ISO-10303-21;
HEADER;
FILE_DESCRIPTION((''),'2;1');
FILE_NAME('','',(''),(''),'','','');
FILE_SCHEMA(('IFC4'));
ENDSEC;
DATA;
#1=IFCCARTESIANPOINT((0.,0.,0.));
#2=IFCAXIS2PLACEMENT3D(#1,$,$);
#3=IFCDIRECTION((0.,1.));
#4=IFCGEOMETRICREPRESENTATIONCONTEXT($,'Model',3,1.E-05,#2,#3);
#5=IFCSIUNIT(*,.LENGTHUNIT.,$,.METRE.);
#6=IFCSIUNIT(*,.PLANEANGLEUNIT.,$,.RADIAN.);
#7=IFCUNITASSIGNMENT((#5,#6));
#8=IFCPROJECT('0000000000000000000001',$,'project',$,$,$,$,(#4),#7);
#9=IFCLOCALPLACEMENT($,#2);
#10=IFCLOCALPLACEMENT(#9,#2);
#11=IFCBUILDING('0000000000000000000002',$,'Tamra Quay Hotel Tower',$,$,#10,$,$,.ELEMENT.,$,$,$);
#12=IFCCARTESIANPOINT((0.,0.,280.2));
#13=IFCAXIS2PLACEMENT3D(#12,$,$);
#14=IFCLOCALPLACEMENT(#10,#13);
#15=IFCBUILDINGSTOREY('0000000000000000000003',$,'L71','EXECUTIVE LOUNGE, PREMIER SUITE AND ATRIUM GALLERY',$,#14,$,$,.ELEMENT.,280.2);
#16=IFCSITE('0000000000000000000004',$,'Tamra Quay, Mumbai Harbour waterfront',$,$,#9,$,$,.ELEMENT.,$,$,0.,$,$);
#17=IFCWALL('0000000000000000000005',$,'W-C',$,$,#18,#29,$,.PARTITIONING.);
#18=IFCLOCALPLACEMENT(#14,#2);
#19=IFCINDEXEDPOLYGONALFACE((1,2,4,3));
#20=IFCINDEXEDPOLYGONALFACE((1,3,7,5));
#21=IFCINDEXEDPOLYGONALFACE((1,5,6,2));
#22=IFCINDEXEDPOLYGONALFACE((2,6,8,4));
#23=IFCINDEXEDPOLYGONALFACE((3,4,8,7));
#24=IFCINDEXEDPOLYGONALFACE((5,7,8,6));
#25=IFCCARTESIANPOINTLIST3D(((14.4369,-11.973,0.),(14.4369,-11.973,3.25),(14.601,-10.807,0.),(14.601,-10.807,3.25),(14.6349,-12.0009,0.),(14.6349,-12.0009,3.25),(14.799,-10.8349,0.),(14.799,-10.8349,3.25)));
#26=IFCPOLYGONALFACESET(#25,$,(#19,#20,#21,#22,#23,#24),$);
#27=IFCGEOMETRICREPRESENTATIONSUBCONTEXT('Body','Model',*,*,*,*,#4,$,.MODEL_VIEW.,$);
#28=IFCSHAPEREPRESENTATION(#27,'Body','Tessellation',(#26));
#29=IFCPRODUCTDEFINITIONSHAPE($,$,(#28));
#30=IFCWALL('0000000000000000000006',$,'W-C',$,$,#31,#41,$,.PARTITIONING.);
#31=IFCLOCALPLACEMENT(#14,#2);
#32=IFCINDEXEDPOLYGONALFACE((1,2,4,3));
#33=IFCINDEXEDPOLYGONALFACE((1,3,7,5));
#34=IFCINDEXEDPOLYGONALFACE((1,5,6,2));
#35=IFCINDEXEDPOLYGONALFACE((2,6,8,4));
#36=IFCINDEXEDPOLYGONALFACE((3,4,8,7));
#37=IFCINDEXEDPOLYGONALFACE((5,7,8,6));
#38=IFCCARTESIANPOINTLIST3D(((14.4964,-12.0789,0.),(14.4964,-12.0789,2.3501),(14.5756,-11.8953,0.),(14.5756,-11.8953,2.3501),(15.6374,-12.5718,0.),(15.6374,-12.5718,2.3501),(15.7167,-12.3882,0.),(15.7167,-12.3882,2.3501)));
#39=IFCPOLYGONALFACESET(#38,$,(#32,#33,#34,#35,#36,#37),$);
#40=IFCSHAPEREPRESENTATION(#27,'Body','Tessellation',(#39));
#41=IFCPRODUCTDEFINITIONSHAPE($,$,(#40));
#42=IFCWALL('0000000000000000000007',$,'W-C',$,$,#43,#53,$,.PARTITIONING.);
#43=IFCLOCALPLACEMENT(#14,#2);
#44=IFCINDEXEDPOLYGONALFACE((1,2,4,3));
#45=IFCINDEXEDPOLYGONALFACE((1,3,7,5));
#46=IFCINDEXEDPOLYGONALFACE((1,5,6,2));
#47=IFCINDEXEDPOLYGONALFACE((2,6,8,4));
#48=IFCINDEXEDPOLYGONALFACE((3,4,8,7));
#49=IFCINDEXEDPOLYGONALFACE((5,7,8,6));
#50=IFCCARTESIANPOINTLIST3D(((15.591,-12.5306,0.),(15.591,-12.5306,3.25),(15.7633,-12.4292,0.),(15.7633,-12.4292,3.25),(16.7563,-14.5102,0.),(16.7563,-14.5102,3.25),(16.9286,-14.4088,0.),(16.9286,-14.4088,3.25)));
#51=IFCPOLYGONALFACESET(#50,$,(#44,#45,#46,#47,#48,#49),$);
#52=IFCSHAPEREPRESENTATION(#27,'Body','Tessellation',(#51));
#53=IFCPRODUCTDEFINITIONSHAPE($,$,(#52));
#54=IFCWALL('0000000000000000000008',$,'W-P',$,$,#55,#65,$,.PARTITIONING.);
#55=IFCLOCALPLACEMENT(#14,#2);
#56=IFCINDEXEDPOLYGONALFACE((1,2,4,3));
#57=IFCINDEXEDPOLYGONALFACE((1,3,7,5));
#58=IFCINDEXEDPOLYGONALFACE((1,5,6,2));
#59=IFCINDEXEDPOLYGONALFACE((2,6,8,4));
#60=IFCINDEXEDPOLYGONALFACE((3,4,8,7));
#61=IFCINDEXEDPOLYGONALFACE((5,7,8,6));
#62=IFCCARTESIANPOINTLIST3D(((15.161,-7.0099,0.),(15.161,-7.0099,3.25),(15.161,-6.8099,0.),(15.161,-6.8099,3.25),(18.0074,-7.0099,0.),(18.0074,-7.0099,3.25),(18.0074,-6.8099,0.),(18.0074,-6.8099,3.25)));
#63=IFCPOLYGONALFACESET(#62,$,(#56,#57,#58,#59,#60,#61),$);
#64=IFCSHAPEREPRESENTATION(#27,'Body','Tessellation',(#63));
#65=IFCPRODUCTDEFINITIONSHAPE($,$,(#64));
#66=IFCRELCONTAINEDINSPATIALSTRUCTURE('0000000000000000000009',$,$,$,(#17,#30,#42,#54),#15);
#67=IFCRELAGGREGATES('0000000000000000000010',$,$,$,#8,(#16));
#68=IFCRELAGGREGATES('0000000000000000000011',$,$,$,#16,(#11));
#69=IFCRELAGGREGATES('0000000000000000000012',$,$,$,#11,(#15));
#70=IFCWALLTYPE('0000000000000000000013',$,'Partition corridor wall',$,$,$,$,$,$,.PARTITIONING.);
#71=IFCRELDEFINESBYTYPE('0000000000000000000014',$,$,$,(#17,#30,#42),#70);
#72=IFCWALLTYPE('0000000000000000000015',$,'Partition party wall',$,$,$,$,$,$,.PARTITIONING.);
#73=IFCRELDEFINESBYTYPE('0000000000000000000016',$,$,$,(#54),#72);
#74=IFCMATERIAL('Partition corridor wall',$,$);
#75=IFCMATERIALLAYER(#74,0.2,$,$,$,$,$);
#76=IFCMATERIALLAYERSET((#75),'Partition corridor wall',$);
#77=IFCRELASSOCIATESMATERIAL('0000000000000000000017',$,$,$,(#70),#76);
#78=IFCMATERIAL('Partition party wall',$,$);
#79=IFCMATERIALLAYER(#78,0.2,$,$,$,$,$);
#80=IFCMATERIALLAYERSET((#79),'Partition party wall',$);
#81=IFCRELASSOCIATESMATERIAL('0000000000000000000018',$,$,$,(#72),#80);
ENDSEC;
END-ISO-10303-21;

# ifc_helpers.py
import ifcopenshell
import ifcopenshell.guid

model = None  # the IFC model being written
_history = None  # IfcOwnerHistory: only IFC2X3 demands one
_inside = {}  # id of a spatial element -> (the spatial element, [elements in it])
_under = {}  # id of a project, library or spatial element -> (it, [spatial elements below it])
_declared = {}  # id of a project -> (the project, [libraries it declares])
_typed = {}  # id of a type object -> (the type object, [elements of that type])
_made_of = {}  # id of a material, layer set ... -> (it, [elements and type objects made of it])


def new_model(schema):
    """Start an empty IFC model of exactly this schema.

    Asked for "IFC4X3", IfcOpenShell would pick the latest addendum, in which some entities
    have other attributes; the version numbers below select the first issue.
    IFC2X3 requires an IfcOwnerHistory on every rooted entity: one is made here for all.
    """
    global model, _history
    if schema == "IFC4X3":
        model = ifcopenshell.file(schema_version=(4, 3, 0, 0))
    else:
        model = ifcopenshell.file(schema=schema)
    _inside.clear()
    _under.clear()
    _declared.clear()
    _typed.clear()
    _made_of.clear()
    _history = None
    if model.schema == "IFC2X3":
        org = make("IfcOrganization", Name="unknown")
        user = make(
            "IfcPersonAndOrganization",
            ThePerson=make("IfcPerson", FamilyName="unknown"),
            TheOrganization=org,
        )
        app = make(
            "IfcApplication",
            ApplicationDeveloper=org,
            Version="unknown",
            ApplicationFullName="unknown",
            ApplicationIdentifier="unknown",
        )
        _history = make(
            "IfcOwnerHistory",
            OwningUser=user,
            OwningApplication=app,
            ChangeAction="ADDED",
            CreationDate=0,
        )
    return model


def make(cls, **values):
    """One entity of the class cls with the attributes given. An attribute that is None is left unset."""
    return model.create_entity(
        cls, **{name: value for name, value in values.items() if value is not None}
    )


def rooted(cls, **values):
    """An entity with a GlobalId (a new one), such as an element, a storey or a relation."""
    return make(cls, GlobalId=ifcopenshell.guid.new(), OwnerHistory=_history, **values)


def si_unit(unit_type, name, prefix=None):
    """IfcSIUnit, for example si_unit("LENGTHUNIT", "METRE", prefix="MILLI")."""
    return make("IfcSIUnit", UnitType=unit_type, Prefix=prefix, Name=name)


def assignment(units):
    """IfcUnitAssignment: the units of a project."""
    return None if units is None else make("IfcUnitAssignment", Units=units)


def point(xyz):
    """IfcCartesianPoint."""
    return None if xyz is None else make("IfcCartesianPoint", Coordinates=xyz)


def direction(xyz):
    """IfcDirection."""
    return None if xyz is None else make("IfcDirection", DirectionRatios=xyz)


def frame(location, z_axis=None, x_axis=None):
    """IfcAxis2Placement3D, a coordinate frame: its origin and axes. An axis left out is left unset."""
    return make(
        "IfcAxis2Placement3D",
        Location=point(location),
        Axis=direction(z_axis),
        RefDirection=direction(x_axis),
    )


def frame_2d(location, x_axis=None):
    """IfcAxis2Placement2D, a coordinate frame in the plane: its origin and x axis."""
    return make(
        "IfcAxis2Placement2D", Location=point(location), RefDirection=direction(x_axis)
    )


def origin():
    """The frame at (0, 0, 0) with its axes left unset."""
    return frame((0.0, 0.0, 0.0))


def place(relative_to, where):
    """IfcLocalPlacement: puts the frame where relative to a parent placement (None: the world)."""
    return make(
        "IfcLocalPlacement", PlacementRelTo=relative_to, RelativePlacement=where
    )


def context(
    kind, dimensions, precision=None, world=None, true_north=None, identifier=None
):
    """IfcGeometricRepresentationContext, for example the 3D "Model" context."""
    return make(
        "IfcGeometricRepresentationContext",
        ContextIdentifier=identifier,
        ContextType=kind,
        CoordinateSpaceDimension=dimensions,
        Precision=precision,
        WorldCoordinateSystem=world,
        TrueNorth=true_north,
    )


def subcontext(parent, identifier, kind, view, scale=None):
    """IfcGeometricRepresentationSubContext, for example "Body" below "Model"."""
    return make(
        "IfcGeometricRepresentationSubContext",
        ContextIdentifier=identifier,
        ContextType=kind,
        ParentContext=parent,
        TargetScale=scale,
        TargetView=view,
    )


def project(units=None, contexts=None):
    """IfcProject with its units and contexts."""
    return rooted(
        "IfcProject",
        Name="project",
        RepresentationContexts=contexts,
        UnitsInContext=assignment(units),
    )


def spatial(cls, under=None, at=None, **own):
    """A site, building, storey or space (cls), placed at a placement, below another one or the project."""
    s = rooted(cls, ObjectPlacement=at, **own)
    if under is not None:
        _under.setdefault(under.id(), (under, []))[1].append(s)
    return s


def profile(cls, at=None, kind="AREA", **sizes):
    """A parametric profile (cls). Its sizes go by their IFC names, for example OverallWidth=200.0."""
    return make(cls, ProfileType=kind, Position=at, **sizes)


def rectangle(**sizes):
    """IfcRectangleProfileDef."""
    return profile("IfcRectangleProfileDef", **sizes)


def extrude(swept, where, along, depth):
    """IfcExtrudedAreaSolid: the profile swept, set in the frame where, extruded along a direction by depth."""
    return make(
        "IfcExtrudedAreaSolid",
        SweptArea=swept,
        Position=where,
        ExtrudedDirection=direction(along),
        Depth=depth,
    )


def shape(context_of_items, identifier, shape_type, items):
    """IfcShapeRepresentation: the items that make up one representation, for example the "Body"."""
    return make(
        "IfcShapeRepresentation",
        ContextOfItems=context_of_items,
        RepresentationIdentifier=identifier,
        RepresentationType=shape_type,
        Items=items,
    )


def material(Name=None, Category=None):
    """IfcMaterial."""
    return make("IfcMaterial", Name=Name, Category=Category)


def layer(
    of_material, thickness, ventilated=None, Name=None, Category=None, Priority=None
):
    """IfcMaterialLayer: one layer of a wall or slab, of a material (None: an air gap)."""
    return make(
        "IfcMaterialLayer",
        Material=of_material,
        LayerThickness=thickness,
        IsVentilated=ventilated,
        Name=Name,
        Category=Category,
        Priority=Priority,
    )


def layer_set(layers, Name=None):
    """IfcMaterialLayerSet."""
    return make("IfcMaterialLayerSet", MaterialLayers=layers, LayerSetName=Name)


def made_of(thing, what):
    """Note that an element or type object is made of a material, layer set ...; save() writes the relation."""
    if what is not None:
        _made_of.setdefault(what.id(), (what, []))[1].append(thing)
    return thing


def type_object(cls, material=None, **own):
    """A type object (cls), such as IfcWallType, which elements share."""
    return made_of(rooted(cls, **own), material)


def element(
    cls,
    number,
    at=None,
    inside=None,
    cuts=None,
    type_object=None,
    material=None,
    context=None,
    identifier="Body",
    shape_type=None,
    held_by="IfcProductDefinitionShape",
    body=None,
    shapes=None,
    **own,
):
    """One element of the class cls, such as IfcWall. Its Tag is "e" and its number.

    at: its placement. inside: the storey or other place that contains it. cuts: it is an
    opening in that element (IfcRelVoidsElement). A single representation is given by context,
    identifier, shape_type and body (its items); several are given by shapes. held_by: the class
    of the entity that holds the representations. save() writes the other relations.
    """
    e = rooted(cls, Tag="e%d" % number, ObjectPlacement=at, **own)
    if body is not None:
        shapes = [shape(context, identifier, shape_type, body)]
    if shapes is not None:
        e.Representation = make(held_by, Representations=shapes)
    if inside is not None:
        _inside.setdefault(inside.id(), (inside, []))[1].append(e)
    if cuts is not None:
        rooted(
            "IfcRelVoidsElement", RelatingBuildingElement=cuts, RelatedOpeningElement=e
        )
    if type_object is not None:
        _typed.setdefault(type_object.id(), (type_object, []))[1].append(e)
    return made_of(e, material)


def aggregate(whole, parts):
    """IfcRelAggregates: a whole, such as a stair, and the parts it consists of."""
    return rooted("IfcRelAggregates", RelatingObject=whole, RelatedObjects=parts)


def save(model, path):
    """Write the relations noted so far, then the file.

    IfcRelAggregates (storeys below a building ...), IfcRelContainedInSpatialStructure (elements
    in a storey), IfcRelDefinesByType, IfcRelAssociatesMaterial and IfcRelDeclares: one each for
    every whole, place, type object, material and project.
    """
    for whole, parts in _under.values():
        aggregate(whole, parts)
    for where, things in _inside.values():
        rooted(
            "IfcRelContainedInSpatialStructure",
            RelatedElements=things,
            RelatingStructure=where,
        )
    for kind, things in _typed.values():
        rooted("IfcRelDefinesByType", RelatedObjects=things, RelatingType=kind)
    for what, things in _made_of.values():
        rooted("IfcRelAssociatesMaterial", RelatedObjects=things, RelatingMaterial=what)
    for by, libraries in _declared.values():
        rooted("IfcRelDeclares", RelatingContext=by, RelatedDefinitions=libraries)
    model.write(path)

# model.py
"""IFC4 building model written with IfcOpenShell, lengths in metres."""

from ifc_helpers import new_model, si_unit, direction, frame, frame_2d, origin, place, context, subcontext, project, spatial, rectangle, extrude, material, layer, layer_set, type_object, element, save


model = new_model("IFC4")

# Units and contexts
model_context = context("Model", 3, precision=1e-05, world=origin(), true_north=direction((0.0, 1.0)))
body_context = subcontext(model_context, "Body", "Model", "MODEL_VIEW")
ifc_project = project(units=[si_unit("LENGTHUNIT", "METRE"), si_unit("PLANEANGLEUNIT", "RADIAN")], contexts=[model_context])

# Site, building, storey
site_placement = place(None, origin())
site = spatial("IfcSite", under=ifc_project, at=site_placement, Name="Tamra Quay, Mumbai Harbour waterfront", CompositionType="ELEMENT", RefElevation=0.0)
building_placement = place(site_placement, origin())
building = spatial("IfcBuilding", under=site, at=building_placement, Name="Tamra Quay Hotel Tower", CompositionType="ELEMENT")
storey_placement = place(building_placement, frame((0.0, 0.0, 280.2)))
storey = spatial("IfcBuildingStorey", under=building, at=storey_placement, Name="L71", Description="EXECUTIVE LOUNGE, PREMIER SUITE AND ATRIUM GALLERY", CompositionType="ELEMENT", Elevation=280.2)

# Walls
ifc_material_1 = material(Name="Partition corridor wall")
ifc_layer_1 = layer(ifc_material_1, 0.2)
ifc_layer_set_1 = layer_set([ifc_layer_1], Name="Partition corridor wall")
wall_type_1 = type_object("IfcWallType", Name="Partition corridor wall", PredefinedType="PARTITIONING", material=ifc_layer_set_1)
wall_1_placement = place(storey_placement, frame((14.5359, -11.9871, 0.0), z_axis=(0.0, 0.0, 1.0), x_axis=(0.139331, 0.990246, 0.0)))
element("IfcWall", 1, at=wall_1_placement, inside=storey, type_object=wall_type_1, Name="W-C", PredefinedType="PARTITIONING", context=body_context, shape_type="SweptSolid", body=[
    extrude(rectangle(XDim=1.1775, YDim=0.2, at=frame_2d((0.5889, 0.0))), origin(), (0.0, 0.0, 1.0), 3.25),
])
wall_2_placement = place(storey_placement, frame((14.5359, -11.9871, 0.0), z_axis=(0.0, 0.0, 1.0), x_axis=(0.918014, -0.396549, 0.0)))
element("IfcWall", 2, at=wall_2_placement, inside=storey, type_object=wall_type_1, Name="W-C", PredefinedType="PARTITIONING", context=body_context, shape_type="SweptSolid", body=[
    extrude(rectangle(XDim=1.2429, YDim=0.2, at=frame_2d((0.6216, 0.0))), origin(), (0.0, 0.0, 1.0), 2.3501),
])
wall_3_placement = place(storey_placement, frame((15.6772, -12.48, 0.0), z_axis=(0.0, 0.0, 1.0), x_axis=(0.507257, -0.861795, 0.0)))
element("IfcWall", 3, at=wall_3_placement, inside=storey, type_object=wall_type_1, Name="W-C", PredefinedType="PARTITIONING", context=body_context, shape_type="SweptSolid", body=[
    extrude(rectangle(XDim=2.2971, YDim=0.2, at=frame_2d((1.1484, 0.0))), origin(), (0.0, 0.0, 1.0), 3.25),
])
ifc_material_2 = material(Name="Partition party wall")
ifc_layer_2 = layer(ifc_material_2, 0.2)
ifc_layer_set_2 = layer_set([ifc_layer_2], Name="Partition party wall")
wall_type_2 = type_object("IfcWallType", Name="Partition party wall", PredefinedType="PARTITIONING", material=ifc_layer_set_2)
wall_4_placement = place(storey_placement, frame((15.1609, -6.9099, 0.0), z_axis=(0.0, 0.0, 1.0), x_axis=(1.0, 0.0, 0.0)))
element("IfcWall", 4, at=wall_4_placement, inside=storey, type_object=wall_type_2, Name="W-P", PredefinedType="PARTITIONING", context=body_context, shape_type="SweptSolid", body=[
    extrude(rectangle(XDim=2.8464, YDim=0.2, at=frame_2d((1.4233, 0.0))), origin(), (0.0, 0.0, 1.0), 3.25),
])

save(model, "model.ifc")
